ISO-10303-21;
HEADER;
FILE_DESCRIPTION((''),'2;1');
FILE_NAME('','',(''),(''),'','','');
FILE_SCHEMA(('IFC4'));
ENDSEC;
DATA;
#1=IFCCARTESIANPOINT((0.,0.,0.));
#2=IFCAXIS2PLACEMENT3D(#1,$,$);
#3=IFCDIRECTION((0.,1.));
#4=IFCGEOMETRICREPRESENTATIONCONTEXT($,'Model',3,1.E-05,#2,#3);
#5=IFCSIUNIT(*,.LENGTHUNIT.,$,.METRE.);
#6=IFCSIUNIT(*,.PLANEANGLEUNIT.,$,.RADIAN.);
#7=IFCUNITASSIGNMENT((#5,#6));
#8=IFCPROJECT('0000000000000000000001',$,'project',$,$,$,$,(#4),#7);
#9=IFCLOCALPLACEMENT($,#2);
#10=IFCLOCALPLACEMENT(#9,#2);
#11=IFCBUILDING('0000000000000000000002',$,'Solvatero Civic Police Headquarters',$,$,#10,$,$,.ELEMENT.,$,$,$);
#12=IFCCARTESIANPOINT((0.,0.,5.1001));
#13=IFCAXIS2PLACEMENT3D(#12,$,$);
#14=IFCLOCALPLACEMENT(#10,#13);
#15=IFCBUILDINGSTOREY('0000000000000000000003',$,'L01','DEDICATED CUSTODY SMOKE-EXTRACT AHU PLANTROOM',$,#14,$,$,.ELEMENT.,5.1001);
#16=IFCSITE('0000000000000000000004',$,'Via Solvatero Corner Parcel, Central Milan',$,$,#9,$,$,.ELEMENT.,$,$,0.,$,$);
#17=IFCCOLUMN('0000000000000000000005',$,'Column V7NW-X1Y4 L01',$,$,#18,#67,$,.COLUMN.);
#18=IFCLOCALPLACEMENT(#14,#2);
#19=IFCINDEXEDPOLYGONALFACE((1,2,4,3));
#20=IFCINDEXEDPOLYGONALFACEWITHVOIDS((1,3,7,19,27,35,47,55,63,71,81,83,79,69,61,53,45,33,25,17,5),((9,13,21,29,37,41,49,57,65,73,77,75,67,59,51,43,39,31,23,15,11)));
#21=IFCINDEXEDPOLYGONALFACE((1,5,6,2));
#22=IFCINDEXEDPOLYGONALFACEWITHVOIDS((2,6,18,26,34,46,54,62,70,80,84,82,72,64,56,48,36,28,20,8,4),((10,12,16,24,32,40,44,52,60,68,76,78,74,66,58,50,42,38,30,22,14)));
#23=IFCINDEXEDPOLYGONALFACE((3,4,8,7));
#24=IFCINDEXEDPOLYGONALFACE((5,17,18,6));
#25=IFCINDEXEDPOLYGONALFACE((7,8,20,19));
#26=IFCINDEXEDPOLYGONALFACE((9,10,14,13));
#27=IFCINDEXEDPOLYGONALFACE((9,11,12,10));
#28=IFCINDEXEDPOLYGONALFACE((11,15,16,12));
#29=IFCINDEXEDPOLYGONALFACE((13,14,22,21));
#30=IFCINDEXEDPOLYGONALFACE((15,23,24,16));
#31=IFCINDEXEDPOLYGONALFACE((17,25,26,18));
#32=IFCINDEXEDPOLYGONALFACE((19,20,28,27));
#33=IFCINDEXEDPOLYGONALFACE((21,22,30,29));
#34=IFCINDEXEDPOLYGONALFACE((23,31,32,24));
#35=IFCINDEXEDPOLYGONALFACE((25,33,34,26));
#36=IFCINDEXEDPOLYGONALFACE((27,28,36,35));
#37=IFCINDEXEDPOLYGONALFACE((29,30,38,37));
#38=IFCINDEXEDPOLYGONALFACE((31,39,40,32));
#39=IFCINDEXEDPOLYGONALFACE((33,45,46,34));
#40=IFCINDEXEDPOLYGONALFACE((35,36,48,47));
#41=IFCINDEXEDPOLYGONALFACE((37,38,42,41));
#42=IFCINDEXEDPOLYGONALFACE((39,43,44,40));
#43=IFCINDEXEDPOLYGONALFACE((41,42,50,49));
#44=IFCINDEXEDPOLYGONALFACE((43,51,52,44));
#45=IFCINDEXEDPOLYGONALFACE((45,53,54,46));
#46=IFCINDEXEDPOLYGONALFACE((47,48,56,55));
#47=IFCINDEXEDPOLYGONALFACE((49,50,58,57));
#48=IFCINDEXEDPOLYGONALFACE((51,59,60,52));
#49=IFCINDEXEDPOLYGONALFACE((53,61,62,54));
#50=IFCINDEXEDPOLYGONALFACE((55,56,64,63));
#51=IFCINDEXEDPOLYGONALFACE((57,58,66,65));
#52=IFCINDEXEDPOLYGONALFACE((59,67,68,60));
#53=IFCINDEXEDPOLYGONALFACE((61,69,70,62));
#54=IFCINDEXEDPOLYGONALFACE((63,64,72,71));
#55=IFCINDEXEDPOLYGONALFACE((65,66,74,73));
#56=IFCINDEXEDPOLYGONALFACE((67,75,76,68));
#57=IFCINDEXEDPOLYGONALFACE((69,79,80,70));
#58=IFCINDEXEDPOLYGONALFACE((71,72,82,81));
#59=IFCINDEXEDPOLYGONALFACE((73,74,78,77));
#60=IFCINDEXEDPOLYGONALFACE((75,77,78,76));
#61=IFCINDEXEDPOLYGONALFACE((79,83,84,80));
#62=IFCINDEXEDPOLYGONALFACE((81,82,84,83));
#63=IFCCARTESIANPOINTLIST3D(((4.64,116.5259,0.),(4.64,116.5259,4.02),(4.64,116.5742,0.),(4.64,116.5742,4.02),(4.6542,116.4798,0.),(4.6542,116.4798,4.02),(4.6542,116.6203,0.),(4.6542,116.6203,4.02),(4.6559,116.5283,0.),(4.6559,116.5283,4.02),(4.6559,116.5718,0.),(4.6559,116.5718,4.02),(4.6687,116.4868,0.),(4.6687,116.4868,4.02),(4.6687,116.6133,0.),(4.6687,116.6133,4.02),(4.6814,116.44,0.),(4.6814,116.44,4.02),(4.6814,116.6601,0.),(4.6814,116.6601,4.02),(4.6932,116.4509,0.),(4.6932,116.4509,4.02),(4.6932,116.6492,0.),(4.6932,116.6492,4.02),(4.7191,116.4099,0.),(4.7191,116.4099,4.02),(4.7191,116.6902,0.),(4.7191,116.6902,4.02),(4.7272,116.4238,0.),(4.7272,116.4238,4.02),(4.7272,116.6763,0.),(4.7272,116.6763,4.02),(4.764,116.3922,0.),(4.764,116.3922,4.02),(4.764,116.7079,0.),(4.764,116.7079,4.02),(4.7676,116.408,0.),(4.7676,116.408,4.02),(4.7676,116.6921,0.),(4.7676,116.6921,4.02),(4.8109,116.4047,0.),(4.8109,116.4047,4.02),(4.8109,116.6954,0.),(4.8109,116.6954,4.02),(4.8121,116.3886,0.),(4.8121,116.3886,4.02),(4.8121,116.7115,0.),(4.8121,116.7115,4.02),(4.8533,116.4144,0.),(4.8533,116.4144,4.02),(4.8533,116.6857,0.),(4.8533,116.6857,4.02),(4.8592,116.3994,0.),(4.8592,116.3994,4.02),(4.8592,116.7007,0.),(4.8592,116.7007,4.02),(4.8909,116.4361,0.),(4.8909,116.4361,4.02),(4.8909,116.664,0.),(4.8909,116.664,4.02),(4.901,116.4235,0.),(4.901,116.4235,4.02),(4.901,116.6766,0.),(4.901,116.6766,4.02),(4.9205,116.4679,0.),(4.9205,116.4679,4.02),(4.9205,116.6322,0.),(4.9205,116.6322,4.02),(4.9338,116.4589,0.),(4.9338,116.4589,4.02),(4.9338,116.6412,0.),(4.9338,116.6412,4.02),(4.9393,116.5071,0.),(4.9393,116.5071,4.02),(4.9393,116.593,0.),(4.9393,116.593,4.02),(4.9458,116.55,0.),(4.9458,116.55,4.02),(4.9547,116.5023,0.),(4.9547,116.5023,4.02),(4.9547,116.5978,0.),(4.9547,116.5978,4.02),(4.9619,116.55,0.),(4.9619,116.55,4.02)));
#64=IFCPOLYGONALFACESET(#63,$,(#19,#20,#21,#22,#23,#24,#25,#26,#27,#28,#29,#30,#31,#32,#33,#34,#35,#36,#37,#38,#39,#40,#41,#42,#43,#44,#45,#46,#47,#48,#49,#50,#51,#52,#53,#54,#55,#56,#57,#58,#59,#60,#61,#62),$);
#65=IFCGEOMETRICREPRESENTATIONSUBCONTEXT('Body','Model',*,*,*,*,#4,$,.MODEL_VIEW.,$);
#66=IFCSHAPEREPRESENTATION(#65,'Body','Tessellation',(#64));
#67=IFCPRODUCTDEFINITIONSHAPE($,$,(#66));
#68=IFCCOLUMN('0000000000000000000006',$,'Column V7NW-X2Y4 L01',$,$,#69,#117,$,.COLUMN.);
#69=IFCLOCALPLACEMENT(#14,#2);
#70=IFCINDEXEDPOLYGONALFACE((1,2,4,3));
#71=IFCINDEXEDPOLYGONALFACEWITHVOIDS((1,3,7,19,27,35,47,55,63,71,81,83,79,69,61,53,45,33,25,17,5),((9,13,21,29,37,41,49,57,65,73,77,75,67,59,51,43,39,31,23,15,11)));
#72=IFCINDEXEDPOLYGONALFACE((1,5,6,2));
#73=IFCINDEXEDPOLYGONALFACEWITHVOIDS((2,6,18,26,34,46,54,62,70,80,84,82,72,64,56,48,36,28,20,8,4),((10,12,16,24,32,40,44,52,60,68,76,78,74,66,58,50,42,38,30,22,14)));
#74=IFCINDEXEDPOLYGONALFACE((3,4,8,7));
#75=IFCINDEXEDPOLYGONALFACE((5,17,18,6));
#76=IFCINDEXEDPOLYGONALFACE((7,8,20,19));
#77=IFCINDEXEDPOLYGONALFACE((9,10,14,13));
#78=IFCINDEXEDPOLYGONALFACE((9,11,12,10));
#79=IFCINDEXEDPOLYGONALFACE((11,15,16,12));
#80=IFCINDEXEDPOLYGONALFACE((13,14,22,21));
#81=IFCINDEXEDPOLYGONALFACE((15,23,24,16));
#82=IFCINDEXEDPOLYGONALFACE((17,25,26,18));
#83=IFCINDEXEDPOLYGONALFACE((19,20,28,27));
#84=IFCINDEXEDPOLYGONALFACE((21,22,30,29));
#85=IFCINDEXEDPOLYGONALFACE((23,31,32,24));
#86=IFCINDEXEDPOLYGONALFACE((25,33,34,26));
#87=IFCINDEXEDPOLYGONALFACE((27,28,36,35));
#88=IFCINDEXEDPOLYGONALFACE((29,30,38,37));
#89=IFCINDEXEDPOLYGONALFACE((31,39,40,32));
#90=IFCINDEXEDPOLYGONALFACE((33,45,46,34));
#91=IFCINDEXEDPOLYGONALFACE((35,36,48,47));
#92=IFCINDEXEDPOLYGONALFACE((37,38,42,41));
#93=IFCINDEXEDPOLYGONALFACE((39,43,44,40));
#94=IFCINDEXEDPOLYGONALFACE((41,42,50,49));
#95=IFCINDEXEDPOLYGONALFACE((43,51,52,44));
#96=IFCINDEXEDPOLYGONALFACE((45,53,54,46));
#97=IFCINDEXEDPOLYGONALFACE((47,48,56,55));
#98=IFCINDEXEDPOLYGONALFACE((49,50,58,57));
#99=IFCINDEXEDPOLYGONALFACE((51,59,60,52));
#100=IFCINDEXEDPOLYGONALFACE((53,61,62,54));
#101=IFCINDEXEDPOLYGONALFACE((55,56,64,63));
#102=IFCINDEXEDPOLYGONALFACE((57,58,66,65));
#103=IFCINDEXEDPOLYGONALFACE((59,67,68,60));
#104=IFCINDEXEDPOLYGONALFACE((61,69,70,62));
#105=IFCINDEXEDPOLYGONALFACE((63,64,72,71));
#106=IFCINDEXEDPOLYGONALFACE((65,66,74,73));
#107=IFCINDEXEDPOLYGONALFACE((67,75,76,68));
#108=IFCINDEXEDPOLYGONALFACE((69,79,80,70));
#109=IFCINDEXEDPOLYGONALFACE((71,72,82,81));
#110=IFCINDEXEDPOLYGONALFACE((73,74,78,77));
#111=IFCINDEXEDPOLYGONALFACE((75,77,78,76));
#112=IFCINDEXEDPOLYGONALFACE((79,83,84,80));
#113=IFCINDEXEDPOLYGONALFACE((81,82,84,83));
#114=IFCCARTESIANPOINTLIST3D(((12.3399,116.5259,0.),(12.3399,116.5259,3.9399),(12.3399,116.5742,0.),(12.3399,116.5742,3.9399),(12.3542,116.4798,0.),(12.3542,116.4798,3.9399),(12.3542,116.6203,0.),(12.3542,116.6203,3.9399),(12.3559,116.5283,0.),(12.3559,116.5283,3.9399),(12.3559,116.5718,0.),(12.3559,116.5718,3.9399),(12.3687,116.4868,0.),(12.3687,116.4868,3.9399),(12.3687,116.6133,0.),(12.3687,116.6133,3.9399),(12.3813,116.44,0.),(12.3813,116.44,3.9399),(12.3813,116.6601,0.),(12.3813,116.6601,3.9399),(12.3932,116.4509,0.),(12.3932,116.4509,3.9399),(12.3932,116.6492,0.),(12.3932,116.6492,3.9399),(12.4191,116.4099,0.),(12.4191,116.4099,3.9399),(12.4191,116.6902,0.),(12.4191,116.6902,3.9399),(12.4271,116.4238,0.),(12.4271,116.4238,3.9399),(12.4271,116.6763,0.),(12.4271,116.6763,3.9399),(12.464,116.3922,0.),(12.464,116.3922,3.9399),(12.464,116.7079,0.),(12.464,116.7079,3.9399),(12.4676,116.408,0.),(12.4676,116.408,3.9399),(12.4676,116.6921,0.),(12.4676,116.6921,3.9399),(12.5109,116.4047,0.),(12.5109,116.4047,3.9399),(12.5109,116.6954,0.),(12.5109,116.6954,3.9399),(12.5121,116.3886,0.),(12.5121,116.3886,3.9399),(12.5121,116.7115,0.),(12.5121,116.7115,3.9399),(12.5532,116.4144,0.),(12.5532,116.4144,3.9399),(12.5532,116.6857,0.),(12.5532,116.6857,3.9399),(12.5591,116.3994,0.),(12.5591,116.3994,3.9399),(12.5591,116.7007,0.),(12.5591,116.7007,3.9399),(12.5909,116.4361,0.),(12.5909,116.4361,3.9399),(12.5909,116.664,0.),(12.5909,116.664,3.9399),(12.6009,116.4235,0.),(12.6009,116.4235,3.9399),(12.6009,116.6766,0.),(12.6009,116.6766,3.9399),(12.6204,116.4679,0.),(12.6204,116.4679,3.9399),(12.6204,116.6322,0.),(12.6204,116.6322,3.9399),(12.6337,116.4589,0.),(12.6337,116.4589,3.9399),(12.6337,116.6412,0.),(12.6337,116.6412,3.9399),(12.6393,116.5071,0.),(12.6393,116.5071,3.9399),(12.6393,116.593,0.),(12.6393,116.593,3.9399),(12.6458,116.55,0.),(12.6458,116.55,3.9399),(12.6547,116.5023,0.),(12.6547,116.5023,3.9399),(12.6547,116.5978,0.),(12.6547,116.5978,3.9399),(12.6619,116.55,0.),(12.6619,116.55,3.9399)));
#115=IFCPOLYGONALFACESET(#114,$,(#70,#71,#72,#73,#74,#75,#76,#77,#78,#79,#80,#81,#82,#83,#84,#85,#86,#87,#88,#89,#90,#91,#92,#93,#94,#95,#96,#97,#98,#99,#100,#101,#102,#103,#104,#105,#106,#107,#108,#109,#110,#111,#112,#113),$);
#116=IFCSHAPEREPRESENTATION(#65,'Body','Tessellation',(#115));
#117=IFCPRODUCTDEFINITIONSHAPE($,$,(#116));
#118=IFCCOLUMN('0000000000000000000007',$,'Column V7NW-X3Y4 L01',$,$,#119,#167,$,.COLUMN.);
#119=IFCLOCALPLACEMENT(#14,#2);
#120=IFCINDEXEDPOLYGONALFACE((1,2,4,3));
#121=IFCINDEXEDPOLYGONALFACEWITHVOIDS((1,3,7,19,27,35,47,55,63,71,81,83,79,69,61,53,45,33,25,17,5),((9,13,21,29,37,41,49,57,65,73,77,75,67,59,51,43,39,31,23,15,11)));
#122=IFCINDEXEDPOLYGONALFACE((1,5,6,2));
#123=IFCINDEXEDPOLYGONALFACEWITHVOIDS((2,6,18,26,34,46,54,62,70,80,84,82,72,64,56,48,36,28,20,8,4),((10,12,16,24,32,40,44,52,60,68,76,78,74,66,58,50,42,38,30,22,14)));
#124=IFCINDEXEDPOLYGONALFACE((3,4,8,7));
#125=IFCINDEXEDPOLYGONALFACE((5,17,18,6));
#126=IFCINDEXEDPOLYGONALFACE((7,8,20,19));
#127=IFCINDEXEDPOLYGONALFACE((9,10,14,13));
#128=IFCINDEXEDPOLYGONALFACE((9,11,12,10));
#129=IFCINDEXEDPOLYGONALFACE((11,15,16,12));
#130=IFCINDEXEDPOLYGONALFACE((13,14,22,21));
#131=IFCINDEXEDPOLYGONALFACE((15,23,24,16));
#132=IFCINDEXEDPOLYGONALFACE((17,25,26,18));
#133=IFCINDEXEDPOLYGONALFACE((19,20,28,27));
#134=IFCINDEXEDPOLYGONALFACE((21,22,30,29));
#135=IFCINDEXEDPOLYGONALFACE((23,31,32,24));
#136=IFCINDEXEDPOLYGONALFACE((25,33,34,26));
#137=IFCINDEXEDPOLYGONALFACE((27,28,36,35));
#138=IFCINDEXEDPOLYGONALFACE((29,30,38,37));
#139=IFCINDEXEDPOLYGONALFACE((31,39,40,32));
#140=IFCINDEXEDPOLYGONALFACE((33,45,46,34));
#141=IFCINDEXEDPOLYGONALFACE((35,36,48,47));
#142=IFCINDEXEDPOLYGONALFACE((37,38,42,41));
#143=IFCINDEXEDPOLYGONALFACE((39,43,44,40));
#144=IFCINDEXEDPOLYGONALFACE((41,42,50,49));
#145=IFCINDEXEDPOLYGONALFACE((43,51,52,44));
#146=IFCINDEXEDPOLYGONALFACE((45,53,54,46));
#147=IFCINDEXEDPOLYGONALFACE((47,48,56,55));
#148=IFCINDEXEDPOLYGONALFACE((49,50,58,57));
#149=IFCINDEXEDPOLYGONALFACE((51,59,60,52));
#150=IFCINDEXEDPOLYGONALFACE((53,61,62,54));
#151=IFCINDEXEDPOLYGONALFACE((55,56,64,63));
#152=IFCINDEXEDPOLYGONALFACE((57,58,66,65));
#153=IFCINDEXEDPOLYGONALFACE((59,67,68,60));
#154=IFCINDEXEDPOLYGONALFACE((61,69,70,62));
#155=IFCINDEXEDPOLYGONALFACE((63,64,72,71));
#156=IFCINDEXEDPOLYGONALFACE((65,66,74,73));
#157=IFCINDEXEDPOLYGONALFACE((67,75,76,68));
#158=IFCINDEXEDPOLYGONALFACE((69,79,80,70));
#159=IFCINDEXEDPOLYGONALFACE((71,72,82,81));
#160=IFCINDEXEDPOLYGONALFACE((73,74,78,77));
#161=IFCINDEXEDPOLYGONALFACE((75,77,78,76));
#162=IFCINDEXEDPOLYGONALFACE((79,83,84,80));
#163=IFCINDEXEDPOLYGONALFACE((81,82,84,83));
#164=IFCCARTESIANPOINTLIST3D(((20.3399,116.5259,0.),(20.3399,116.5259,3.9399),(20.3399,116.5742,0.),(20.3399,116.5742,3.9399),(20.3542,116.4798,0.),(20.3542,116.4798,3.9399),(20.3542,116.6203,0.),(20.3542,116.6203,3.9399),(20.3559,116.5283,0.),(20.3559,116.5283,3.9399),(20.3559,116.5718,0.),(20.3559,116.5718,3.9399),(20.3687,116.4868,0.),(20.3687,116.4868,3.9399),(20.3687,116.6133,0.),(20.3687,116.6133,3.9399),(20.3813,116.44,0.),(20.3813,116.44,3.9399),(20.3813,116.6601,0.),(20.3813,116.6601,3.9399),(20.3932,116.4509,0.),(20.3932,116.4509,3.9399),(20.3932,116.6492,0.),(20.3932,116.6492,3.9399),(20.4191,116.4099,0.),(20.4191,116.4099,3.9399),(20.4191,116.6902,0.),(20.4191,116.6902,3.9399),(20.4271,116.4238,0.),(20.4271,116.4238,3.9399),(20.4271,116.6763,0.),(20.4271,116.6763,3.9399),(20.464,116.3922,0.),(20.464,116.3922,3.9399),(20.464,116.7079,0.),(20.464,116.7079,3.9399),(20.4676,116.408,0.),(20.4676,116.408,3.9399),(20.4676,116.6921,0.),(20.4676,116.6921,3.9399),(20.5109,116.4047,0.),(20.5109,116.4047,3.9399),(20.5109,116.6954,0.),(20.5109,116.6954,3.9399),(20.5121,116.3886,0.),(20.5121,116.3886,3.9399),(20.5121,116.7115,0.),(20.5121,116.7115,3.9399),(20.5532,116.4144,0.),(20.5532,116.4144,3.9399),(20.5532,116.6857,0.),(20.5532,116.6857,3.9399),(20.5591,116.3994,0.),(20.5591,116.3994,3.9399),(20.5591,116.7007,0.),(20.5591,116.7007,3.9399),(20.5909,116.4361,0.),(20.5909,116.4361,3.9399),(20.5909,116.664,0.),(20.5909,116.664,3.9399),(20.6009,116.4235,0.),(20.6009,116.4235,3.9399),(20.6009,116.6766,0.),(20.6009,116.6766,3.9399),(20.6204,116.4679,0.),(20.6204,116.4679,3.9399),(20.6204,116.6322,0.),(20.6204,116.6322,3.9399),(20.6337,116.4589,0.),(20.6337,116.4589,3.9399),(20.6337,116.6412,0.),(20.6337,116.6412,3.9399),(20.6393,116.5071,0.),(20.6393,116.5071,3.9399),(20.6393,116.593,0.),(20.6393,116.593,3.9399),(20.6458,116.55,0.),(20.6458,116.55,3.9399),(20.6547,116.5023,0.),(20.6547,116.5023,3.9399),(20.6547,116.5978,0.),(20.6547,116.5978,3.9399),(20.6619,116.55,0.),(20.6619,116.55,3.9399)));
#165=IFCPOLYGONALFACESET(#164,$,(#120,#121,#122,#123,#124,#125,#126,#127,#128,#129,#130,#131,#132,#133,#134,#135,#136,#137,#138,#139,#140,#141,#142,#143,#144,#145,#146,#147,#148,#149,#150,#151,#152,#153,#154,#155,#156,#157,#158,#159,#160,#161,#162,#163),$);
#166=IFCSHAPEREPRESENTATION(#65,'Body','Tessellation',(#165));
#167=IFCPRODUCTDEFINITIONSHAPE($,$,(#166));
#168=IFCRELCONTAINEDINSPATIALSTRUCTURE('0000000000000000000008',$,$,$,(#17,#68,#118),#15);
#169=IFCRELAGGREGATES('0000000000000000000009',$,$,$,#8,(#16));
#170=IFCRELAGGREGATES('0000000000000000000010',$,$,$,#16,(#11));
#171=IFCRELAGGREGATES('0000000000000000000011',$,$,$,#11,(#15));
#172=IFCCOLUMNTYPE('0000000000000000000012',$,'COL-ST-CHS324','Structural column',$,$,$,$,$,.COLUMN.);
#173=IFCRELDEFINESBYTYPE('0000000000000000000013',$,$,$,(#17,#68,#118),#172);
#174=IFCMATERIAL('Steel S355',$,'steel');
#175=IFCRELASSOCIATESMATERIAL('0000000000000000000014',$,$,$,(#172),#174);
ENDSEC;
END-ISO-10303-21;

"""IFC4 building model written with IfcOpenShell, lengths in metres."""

from ifc_helpers import new_model, si_unit, direction, frame, origin, origin_2d, place, context, subcontext, project, spatial, hollow_circle, extrude, material, material_profile, profile_set, type_object, element, save


model = new_model("IFC4")

# Units and contexts
model_context = context("Model", 3, precision=1e-05, world=origin(), true_north=direction((0.0, 1.0)))
body_context = subcontext(model_context, "Body", "Model", "MODEL_VIEW")
ifc_project = project(units=[si_unit("LENGTHUNIT", "METRE"), si_unit("PLANEANGLEUNIT", "RADIAN")], contexts=[model_context])

# Site, building, storey
site_placement = place(None, origin())
site = spatial("IfcSite", under=ifc_project, at=site_placement, Name="Via Solvatero Corner Parcel, Central Milan", CompositionType="ELEMENT", RefElevation=0.0)
building_placement = place(site_placement, origin())
building = spatial("IfcBuilding", under=site, at=building_placement, Name="Solvatero Civic Police Headquarters", CompositionType="ELEMENT")
storey_placement = place(building_placement, frame((0.0, 0.0, 5.1001)))
storey = spatial("IfcBuildingStorey", under=building, at=storey_placement, Name="L01", Description="DEDICATED CUSTODY SMOKE-EXTRACT AHU PLANTROOM", CompositionType="ELEMENT", Elevation=5.1001)

# Columns
ifc_material_1 = material(Name="Steel S355", Category="steel")
ifc_material_profile_1 = material_profile(ifc_material_1, hollow_circle(Radius=0.1619, WallThickness=0.0161, at=origin_2d()), Name="CHS 323.9x16.0")
ifc_profile_set_1 = profile_set([ifc_material_profile_1], Name="Steel S355")
column_type_1 = type_object("IfcColumnType", Name="COL-ST-CHS324", Description="Structural column", PredefinedType="COLUMN", material=ifc_profile_set_1)
column_1_placement = place(storey_placement, frame((4.8, 116.55, 0.0), z_axis=(0.0, 0.0, 1.0), x_axis=(1.0, 0.0, 0.0)))
element("IfcColumn", 1, at=column_1_placement, inside=storey, type_object=column_type_1, Name="Column V7NW-X1Y4 L01", PredefinedType="COLUMN", context=body_context, shape_type="SweptSolid", body=[
    extrude(hollow_circle(Radius=0.1619, WallThickness=0.0161, at=origin_2d()), origin(), (0.0, 0.0, 1.0), 4.02),
])
for number, where, z_axis, x_axis, name in (
    (2, (12.5, 116.55, 0.0), (0.0, 0.0, 1.0), (1.0, 0.0, 0.0), "Column V7NW-X2Y4 L01"),
    (3, (20.5, 116.55, 0.0), (0.0, 0.0, 1.0), (1.0, 0.0, 0.0), "Column V7NW-X3Y4 L01"),
):
    element("IfcColumn", number, at=place(storey_placement, frame(where, z_axis=z_axis, x_axis=x_axis)), inside=storey, type_object=column_type_1, Name=name, PredefinedType="COLUMN", context=body_context, shape_type="SweptSolid", body=[
        extrude(hollow_circle(Radius=0.1619, WallThickness=0.0161, at=origin_2d()), origin(), (0.0, 0.0, 1.0), 3.9399),
    ])

save(model, "model.ifc")
